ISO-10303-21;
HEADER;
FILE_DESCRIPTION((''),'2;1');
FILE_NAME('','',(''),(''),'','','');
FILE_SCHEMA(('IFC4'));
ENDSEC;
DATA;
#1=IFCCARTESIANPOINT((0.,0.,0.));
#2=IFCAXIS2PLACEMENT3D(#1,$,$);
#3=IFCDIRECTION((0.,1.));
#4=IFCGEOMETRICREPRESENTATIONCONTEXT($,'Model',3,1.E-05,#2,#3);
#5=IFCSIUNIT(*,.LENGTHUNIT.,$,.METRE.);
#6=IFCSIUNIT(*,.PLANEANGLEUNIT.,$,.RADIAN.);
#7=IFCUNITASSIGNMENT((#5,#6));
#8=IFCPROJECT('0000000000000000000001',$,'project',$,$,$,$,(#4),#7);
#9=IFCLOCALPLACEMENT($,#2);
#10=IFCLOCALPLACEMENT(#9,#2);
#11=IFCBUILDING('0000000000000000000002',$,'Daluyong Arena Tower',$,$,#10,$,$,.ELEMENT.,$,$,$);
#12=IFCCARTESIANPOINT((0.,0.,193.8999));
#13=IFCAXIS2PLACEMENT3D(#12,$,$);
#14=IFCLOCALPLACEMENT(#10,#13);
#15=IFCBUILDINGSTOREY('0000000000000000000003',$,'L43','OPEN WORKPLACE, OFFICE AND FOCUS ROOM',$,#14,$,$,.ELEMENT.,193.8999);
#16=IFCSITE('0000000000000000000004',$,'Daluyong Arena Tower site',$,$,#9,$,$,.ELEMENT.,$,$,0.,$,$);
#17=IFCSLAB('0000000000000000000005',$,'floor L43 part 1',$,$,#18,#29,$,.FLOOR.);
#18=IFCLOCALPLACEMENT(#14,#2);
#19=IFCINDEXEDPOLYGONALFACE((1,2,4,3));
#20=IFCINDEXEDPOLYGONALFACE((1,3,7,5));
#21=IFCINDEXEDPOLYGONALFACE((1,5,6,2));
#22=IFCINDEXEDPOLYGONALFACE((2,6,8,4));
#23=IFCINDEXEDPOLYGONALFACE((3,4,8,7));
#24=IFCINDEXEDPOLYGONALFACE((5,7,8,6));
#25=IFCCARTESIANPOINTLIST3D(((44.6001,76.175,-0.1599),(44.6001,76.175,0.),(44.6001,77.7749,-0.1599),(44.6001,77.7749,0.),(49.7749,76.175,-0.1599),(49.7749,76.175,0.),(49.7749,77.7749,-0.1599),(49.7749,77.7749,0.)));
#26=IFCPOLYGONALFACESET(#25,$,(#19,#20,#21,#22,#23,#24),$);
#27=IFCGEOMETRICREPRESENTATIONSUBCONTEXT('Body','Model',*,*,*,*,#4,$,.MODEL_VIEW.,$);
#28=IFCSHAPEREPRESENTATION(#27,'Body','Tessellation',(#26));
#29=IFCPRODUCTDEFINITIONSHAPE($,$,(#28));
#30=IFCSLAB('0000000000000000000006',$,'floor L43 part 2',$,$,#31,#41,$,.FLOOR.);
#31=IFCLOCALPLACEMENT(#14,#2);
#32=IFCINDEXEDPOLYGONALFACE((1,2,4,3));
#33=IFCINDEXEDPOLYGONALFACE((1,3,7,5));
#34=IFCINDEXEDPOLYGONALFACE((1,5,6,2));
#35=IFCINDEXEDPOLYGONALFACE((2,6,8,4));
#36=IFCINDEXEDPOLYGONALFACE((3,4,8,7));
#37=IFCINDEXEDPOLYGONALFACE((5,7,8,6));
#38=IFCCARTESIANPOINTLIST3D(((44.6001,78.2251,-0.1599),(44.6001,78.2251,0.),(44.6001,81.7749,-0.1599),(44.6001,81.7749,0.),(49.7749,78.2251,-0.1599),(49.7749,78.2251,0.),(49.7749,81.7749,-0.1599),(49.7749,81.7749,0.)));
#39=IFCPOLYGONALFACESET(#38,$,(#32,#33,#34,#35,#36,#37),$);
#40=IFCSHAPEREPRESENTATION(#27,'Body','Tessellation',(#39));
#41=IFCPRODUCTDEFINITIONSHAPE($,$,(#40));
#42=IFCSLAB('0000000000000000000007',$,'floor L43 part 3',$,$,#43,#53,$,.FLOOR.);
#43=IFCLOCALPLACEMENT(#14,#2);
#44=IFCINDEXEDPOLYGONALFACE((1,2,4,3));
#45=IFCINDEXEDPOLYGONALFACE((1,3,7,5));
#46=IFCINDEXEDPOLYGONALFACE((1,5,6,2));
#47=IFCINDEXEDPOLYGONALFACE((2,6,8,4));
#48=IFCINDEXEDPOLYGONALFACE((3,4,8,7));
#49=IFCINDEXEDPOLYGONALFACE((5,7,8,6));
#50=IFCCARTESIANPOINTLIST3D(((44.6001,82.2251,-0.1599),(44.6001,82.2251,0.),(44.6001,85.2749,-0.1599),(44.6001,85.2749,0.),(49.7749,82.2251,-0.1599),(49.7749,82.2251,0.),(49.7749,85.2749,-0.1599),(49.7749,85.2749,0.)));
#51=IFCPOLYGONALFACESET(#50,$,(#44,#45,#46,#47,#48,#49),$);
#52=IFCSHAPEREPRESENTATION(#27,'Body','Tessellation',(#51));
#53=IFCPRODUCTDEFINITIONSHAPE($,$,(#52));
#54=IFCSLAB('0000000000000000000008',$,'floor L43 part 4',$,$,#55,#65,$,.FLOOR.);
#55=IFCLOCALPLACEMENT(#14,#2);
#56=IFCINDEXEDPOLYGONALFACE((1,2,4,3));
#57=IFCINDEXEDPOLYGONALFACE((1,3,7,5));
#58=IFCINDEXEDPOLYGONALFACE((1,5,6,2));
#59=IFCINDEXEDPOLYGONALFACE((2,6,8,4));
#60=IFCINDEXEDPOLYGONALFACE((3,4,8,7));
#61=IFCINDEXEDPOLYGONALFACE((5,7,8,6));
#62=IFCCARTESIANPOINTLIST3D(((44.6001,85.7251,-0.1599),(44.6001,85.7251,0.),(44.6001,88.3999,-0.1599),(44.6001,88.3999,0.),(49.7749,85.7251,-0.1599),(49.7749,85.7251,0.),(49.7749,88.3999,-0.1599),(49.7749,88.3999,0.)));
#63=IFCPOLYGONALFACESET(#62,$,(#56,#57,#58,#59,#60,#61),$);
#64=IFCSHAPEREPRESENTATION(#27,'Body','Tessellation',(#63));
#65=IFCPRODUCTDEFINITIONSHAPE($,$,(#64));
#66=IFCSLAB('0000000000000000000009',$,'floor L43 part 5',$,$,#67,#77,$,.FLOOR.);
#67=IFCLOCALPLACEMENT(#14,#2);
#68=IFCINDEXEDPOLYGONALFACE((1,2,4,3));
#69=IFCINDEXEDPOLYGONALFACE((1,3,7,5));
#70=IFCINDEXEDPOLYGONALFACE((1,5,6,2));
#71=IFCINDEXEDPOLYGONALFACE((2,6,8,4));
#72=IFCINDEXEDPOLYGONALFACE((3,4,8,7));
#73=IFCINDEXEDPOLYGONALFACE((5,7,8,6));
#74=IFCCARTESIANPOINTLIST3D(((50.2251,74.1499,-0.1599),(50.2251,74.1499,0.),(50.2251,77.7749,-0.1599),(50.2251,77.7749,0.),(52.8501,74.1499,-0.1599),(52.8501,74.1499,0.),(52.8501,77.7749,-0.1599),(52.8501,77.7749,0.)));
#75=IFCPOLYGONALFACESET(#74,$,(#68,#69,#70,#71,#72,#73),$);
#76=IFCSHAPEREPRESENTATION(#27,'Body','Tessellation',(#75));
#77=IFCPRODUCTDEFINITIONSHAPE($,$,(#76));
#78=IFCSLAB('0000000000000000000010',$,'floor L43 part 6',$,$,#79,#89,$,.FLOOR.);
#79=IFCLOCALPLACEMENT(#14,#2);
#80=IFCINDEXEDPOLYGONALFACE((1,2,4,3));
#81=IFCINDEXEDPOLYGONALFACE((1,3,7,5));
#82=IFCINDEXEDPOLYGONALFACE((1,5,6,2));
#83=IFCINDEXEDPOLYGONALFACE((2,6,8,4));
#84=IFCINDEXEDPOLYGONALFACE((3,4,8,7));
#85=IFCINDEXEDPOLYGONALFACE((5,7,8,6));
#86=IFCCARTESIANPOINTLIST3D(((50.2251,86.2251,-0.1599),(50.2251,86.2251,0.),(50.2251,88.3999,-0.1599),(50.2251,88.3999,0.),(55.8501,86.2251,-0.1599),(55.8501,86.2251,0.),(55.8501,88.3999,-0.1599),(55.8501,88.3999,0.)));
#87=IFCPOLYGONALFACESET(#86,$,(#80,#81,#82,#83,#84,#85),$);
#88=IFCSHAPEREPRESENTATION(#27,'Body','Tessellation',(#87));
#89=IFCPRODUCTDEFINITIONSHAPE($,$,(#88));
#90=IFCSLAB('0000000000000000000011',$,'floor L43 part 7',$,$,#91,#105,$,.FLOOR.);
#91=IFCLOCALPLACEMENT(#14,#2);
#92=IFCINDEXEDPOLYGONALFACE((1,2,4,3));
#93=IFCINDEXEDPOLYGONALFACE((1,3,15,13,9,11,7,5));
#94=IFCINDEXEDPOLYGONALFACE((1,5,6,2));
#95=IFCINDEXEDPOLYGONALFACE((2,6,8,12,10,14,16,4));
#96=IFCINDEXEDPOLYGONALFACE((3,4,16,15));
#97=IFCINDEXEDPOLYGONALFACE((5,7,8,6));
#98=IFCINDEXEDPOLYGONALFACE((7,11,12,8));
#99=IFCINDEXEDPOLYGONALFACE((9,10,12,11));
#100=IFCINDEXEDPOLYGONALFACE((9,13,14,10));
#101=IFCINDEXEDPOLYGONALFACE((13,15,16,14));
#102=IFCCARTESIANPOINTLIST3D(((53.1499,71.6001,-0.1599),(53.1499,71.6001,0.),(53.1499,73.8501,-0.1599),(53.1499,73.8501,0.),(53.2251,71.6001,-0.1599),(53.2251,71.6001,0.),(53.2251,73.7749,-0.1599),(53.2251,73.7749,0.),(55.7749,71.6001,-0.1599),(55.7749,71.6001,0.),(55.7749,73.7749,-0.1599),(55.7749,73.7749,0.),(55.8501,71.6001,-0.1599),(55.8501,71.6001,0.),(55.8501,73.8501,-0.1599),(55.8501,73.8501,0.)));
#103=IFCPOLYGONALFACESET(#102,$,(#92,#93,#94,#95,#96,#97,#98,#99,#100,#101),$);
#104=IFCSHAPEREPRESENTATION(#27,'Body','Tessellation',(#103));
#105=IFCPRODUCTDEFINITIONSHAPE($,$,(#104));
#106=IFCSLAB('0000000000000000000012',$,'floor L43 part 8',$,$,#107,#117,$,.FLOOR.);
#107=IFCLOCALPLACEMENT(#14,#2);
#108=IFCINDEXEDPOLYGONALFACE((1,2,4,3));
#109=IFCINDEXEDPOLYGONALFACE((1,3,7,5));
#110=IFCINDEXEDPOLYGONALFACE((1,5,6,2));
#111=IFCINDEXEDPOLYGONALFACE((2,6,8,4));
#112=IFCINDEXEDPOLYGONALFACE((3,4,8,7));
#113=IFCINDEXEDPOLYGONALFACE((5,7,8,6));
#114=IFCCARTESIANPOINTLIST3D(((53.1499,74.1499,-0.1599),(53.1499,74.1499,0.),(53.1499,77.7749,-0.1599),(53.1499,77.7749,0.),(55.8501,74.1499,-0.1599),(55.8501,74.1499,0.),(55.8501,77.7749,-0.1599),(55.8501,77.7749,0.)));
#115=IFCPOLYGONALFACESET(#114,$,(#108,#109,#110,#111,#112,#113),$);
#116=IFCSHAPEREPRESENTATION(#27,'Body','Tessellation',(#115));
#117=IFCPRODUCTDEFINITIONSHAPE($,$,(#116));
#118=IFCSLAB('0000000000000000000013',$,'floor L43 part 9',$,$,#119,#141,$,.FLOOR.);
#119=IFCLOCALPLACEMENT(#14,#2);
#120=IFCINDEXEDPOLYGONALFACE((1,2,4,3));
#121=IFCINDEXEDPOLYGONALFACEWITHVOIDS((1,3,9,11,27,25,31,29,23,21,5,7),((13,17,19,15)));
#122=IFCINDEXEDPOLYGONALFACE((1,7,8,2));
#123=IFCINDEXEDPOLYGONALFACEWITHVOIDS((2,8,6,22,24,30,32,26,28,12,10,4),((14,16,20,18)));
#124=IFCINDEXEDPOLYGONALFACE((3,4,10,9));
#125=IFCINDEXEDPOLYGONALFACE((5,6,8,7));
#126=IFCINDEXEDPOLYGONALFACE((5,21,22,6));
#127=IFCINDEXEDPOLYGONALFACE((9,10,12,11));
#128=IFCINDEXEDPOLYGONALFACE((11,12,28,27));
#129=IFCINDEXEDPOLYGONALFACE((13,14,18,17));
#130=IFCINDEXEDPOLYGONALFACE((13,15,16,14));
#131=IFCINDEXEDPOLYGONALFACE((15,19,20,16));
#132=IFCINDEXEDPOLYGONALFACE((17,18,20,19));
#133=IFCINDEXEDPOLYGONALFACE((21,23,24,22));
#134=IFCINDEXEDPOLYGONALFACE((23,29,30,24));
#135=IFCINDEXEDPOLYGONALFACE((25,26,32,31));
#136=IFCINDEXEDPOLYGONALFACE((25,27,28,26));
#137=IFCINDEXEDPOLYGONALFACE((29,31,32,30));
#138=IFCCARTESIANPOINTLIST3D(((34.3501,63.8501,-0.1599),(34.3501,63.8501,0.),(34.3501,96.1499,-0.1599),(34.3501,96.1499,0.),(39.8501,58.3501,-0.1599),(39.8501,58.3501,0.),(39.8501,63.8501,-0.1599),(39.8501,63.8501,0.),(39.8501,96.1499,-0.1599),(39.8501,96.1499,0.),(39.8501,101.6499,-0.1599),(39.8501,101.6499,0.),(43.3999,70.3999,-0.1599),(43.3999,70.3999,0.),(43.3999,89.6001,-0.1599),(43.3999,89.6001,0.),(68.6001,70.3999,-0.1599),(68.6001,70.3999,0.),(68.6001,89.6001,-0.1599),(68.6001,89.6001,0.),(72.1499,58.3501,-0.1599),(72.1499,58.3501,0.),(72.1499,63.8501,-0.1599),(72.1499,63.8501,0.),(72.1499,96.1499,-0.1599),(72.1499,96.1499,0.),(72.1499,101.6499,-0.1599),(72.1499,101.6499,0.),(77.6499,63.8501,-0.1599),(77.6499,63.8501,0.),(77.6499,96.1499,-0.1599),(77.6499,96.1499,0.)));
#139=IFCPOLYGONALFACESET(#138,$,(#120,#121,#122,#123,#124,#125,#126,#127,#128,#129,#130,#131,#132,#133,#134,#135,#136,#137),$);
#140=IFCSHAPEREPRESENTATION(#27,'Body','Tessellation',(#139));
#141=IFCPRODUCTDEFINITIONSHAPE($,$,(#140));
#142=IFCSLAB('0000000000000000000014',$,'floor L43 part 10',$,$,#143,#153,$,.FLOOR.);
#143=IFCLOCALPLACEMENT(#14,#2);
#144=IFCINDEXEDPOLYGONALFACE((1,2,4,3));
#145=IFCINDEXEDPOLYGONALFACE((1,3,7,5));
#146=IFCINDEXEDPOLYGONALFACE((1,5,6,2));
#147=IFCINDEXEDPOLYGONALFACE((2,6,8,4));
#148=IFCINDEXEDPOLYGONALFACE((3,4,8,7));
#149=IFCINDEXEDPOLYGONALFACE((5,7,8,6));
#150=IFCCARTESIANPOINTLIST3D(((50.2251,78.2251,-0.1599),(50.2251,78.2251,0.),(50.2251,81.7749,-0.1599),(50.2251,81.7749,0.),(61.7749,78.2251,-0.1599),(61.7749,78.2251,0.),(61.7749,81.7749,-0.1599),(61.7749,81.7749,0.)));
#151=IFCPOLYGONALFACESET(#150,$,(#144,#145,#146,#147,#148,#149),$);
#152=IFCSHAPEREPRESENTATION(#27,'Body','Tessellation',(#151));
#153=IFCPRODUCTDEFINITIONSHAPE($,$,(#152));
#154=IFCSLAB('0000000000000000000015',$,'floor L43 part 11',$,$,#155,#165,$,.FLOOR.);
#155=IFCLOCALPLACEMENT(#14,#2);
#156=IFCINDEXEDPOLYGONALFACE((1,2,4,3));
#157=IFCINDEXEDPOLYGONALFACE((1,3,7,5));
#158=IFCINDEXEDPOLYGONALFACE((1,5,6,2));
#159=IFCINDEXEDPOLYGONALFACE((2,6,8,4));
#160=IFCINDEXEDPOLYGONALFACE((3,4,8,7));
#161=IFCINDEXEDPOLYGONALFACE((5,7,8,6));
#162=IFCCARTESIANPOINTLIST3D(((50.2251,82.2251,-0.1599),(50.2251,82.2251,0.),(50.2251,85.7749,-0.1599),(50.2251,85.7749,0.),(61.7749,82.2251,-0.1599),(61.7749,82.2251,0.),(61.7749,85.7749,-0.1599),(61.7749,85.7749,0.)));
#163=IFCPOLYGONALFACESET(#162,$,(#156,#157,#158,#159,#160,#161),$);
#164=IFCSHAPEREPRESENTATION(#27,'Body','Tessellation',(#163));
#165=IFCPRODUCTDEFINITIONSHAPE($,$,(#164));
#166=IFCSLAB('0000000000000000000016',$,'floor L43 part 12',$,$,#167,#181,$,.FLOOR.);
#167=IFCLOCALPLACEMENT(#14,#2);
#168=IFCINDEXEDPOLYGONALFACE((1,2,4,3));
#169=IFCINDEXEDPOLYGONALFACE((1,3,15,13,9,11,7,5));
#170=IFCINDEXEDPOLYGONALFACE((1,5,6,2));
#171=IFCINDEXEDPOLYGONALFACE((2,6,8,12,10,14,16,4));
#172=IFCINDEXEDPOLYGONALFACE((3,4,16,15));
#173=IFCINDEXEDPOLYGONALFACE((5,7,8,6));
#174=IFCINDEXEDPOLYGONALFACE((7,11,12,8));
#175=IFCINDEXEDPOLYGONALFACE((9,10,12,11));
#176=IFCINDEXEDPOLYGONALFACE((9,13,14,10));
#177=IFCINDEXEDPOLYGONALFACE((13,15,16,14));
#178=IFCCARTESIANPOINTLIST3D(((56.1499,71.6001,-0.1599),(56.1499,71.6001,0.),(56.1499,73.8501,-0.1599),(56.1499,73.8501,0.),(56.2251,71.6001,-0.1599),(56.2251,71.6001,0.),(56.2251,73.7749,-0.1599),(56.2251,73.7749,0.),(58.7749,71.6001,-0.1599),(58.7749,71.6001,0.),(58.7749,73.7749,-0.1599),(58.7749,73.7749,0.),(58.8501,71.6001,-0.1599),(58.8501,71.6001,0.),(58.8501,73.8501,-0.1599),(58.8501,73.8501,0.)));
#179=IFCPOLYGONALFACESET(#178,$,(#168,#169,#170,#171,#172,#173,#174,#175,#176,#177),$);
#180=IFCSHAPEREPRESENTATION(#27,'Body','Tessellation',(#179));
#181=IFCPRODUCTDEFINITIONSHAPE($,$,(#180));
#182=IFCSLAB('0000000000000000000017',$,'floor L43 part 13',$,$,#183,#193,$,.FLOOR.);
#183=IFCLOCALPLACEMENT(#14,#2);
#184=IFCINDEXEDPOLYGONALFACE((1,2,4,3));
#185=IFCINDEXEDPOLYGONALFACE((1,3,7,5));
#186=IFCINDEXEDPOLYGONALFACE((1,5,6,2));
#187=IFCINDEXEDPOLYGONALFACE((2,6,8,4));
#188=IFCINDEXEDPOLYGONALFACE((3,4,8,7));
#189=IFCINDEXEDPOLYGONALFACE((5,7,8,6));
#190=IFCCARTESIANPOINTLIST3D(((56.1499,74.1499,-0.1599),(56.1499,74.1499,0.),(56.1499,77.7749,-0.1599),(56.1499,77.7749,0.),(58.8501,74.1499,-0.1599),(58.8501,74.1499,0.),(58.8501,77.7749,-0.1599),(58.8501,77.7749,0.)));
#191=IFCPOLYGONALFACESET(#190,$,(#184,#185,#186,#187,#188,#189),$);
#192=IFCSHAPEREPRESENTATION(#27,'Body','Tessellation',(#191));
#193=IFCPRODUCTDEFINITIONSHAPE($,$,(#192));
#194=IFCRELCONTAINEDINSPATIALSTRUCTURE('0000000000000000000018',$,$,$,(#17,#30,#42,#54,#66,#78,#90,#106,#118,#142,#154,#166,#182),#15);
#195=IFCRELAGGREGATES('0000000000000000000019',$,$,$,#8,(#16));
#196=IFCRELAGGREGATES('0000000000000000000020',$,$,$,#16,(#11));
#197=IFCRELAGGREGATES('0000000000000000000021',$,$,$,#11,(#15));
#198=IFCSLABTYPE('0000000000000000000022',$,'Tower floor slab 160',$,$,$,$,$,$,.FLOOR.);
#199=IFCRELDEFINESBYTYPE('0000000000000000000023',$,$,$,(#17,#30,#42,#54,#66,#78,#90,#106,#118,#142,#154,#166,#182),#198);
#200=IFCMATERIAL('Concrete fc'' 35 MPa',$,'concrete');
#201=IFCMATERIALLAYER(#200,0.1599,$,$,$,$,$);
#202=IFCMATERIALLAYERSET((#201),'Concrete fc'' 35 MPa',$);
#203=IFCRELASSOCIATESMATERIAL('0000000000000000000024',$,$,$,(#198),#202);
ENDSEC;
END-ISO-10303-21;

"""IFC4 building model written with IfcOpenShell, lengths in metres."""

from ifc_helpers import new_model, si_unit, direction, frame, origin, place, context, subcontext, project, spatial, polyline, outline, extrude, material, layer, layer_set, type_object, element, save


model = new_model("IFC4")

# Units and contexts
model_context = context("Model", 3, precision=1e-05, world=origin(), true_north=direction((0.0, 1.0)))
body_context = subcontext(model_context, "Body", "Model", "MODEL_VIEW")
ifc_project = project(units=[si_unit("LENGTHUNIT", "METRE"), si_unit("PLANEANGLEUNIT", "RADIAN")], contexts=[model_context])

# Site, building, storey
site_placement = place(None, origin())
site = spatial("IfcSite", under=ifc_project, at=site_placement, Name="Daluyong Arena Tower site", CompositionType="ELEMENT", RefElevation=0.0)
building_placement = place(site_placement, origin())
building = spatial("IfcBuilding", under=site, at=building_placement, Name="Daluyong Arena Tower", CompositionType="ELEMENT")
storey_placement = place(building_placement, frame((0.0, 0.0, 193.8999)))
storey = spatial("IfcBuildingStorey", under=building, at=storey_placement, Name="L43", Description="OPEN WORKPLACE, OFFICE AND FOCUS ROOM", CompositionType="ELEMENT", Elevation=193.8999)

# Slabs
ifc_material_1 = material(Name="Concrete fc' 35 MPa", Category="concrete")
ifc_layer_1 = layer(ifc_material_1, 0.1599)
ifc_layer_set_1 = layer_set([ifc_layer_1], Name="Concrete fc' 35 MPa")
slab_type = type_object("IfcSlabType", Name="Tower floor slab 160", PredefinedType="FLOOR", material=ifc_layer_set_1)
slab_1_placement = place(storey_placement, frame((0.0, 0.0, -0.1599)))
element("IfcSlab", 1, at=slab_1_placement, inside=storey, type_object=slab_type, Name="floor L43 part 1", PredefinedType="FLOOR", context=body_context, shape_type="SweptSolid", body=[
    extrude(outline(polyline([(49.7749, 77.7749), (44.6001, 77.7749), (44.6001, 76.175), (49.7749, 76.175), (49.7749, 77.7749)])), origin(), (0.0, 0.0, 1.0), 0.1599),
])
slab_2_placement = place(storey_placement, frame((0.0, 0.0, -0.1599)))
element("IfcSlab", 2, at=slab_2_placement, inside=storey, type_object=slab_type, Name="floor L43 part 2", PredefinedType="FLOOR", context=body_context, shape_type="SweptSolid", body=[
    extrude(outline(polyline([(49.7749, 78.2251), (49.7749, 81.7749), (44.6001, 81.7749), (44.6001, 78.2251), (49.7749, 78.2251)])), origin(), (0.0, 0.0, 1.0), 0.1599),
])
slab_3_placement = place(storey_placement, frame((0.0, 0.0, -0.1599)))
element("IfcSlab", 3, at=slab_3_placement, inside=storey, type_object=slab_type, Name="floor L43 part 3", PredefinedType="FLOOR", context=body_context, shape_type="SweptSolid", body=[
    extrude(outline(polyline([(44.6001, 85.2749), (44.6001, 82.2251), (49.7749, 82.2251), (49.7749, 85.2749), (44.6001, 85.2749)])), origin(), (0.0, 0.0, 1.0), 0.1599),
])
slab_4_placement = place(storey_placement, frame((0.0, 0.0, -0.1599)))
element("IfcSlab", 4, at=slab_4_placement, inside=storey, type_object=slab_type, Name="floor L43 part 4", PredefinedType="FLOOR", context=body_context, shape_type="SweptSolid", body=[
    extrude(outline(polyline([(44.6001, 88.3999), (44.6001, 85.7251), (49.7749, 85.7251), (49.7749, 88.3999), (44.6001, 88.3999)])), origin(), (0.0, 0.0, 1.0), 0.1599),
])
slab_5_placement = place(storey_placement, frame((0.0, 0.0, -0.1599)))
element("IfcSlab", 5, at=slab_5_placement, inside=storey, type_object=slab_type, Name="floor L43 part 5", PredefinedType="FLOOR", context=body_context, shape_type="SweptSolid", body=[
    extrude(outline(polyline([(52.8501, 74.1499), (52.8501, 77.7749), (50.2251, 77.7749), (50.2251, 74.1499), (52.8501, 74.1499)])), origin(), (0.0, 0.0, 1.0), 0.1599),
])
slab_6_placement = place(storey_placement, frame((0.0, 0.0, -0.1599)))
element("IfcSlab", 6, at=slab_6_placement, inside=storey, type_object=slab_type, Name="floor L43 part 6", PredefinedType="FLOOR", context=body_context, shape_type="SweptSolid", body=[
    extrude(outline(polyline([(50.2251, 88.3999), (50.2251, 86.2251), (55.8501, 86.2251), (55.8501, 88.3999), (50.2251, 88.3999)])), origin(), (0.0, 0.0, 1.0), 0.1599),
])
slab_7_placement = place(storey_placement, frame((0.0, 0.0, -0.1599)))
element("IfcSlab", 7, at=slab_7_placement, inside=storey, type_object=slab_type, Name="floor L43 part 7", PredefinedType="FLOOR", context=body_context, shape_type="SweptSolid", body=[
    extrude(outline(polyline([(53.2251, 71.6001), (53.2251, 73.7749), (55.7749, 73.7749), (55.7749, 71.6001), (55.8501, 71.6001), (55.8501, 73.8501), (53.1499, 73.8501), (53.1499, 71.6001), (53.2251, 71.6001)])), origin(), (0.0, 0.0, 1.0), 0.1599),
])
slab_8_placement = place(storey_placement, frame((0.0, 0.0, -0.1599)))
element("IfcSlab", 8, at=slab_8_placement, inside=storey, type_object=slab_type, Name="floor L43 part 8", PredefinedType="FLOOR", context=body_context, shape_type="SweptSolid", body=[
    extrude(outline(polyline([(53.1499, 74.1499), (55.8501, 74.1499), (55.8501, 77.7749), (53.1499, 77.7749), (53.1499, 74.1499)])), origin(), (0.0, 0.0, 1.0), 0.1599),
])
slab_9_placement = place(storey_placement, frame((0.0, 0.0, -0.1599)))
element("IfcSlab", 9, at=slab_9_placement, inside=storey, type_object=slab_type, Name="floor L43 part 9", PredefinedType="FLOOR", context=body_context, shape_type="SweptSolid", body=[
    extrude(outline(polyline([(39.8501, 63.8501), (39.8501, 58.3501), (72.1499, 58.3501), (72.1499, 63.8501), (77.6499, 63.8501), (77.6499, 96.1499), (72.1499, 96.1499), (72.1499, 101.6499), (39.8501, 101.6499), (39.8501, 96.1499), (34.3501, 96.1499), (34.3501, 63.8501), (39.8501, 63.8501)]), holes=[polyline([(68.6001, 89.6001), (68.6001, 70.3999), (43.3999, 70.3999), (43.3999, 89.6001), (68.6001, 89.6001)])]), origin(), (0.0, 0.0, 1.0), 0.1599),
])
slab_10_placement = place(storey_placement, frame((0.0, 0.0, -0.1599)))
element("IfcSlab", 10, at=slab_10_placement, inside=storey, type_object=slab_type, Name="floor L43 part 10", PredefinedType="FLOOR", context=body_context, shape_type="SweptSolid", body=[
    extrude(outline(polyline([(50.2251, 81.7749), (50.2251, 78.2251), (61.7749, 78.2251), (61.7749, 81.7749), (50.2251, 81.7749)])), origin(), (0.0, 0.0, 1.0), 0.1599),
])
slab_11_placement = place(storey_placement, frame((0.0, 0.0, -0.1599)))
element("IfcSlab", 11, at=slab_11_placement, inside=storey, type_object=slab_type, Name="floor L43 part 11", PredefinedType="FLOOR", context=body_context, shape_type="SweptSolid", body=[
    extrude(outline(polyline([(50.2251, 85.7749), (50.2251, 82.2251), (61.7749, 82.2251), (61.7749, 85.7749), (50.2251, 85.7749)])), origin(), (0.0, 0.0, 1.0), 0.1599),
])
slab_12_placement = place(storey_placement, frame((0.0, 0.0, -0.1599)))
element("IfcSlab", 12, at=slab_12_placement, inside=storey, type_object=slab_type, Name="floor L43 part 12", PredefinedType="FLOOR", context=body_context, shape_type="SweptSolid", body=[
    extrude(outline(polyline([(56.2251, 71.6001), (56.2251, 73.7749), (58.7749, 73.7749), (58.7749, 71.6001), (58.8501, 71.6001), (58.8501, 73.8501), (56.1499, 73.8501), (56.1499, 71.6001), (56.2251, 71.6001)])), origin(), (0.0, 0.0, 1.0), 0.1599),
])
slab_13_placement = place(storey_placement, frame((0.0, 0.0, -0.1599)))
element("IfcSlab", 13, at=slab_13_placement, inside=storey, type_object=slab_type, Name="floor L43 part 13", PredefinedType="FLOOR", context=body_context, shape_type="SweptSolid", body=[
    extrude(outline(polyline([(58.8501, 77.7749), (56.1499, 77.7749), (56.1499, 74.1499), (58.8501, 74.1499), (58.8501, 77.7749)])), origin(), (0.0, 0.0, 1.0), 0.1599),
])

save(model, "model.ifc")
